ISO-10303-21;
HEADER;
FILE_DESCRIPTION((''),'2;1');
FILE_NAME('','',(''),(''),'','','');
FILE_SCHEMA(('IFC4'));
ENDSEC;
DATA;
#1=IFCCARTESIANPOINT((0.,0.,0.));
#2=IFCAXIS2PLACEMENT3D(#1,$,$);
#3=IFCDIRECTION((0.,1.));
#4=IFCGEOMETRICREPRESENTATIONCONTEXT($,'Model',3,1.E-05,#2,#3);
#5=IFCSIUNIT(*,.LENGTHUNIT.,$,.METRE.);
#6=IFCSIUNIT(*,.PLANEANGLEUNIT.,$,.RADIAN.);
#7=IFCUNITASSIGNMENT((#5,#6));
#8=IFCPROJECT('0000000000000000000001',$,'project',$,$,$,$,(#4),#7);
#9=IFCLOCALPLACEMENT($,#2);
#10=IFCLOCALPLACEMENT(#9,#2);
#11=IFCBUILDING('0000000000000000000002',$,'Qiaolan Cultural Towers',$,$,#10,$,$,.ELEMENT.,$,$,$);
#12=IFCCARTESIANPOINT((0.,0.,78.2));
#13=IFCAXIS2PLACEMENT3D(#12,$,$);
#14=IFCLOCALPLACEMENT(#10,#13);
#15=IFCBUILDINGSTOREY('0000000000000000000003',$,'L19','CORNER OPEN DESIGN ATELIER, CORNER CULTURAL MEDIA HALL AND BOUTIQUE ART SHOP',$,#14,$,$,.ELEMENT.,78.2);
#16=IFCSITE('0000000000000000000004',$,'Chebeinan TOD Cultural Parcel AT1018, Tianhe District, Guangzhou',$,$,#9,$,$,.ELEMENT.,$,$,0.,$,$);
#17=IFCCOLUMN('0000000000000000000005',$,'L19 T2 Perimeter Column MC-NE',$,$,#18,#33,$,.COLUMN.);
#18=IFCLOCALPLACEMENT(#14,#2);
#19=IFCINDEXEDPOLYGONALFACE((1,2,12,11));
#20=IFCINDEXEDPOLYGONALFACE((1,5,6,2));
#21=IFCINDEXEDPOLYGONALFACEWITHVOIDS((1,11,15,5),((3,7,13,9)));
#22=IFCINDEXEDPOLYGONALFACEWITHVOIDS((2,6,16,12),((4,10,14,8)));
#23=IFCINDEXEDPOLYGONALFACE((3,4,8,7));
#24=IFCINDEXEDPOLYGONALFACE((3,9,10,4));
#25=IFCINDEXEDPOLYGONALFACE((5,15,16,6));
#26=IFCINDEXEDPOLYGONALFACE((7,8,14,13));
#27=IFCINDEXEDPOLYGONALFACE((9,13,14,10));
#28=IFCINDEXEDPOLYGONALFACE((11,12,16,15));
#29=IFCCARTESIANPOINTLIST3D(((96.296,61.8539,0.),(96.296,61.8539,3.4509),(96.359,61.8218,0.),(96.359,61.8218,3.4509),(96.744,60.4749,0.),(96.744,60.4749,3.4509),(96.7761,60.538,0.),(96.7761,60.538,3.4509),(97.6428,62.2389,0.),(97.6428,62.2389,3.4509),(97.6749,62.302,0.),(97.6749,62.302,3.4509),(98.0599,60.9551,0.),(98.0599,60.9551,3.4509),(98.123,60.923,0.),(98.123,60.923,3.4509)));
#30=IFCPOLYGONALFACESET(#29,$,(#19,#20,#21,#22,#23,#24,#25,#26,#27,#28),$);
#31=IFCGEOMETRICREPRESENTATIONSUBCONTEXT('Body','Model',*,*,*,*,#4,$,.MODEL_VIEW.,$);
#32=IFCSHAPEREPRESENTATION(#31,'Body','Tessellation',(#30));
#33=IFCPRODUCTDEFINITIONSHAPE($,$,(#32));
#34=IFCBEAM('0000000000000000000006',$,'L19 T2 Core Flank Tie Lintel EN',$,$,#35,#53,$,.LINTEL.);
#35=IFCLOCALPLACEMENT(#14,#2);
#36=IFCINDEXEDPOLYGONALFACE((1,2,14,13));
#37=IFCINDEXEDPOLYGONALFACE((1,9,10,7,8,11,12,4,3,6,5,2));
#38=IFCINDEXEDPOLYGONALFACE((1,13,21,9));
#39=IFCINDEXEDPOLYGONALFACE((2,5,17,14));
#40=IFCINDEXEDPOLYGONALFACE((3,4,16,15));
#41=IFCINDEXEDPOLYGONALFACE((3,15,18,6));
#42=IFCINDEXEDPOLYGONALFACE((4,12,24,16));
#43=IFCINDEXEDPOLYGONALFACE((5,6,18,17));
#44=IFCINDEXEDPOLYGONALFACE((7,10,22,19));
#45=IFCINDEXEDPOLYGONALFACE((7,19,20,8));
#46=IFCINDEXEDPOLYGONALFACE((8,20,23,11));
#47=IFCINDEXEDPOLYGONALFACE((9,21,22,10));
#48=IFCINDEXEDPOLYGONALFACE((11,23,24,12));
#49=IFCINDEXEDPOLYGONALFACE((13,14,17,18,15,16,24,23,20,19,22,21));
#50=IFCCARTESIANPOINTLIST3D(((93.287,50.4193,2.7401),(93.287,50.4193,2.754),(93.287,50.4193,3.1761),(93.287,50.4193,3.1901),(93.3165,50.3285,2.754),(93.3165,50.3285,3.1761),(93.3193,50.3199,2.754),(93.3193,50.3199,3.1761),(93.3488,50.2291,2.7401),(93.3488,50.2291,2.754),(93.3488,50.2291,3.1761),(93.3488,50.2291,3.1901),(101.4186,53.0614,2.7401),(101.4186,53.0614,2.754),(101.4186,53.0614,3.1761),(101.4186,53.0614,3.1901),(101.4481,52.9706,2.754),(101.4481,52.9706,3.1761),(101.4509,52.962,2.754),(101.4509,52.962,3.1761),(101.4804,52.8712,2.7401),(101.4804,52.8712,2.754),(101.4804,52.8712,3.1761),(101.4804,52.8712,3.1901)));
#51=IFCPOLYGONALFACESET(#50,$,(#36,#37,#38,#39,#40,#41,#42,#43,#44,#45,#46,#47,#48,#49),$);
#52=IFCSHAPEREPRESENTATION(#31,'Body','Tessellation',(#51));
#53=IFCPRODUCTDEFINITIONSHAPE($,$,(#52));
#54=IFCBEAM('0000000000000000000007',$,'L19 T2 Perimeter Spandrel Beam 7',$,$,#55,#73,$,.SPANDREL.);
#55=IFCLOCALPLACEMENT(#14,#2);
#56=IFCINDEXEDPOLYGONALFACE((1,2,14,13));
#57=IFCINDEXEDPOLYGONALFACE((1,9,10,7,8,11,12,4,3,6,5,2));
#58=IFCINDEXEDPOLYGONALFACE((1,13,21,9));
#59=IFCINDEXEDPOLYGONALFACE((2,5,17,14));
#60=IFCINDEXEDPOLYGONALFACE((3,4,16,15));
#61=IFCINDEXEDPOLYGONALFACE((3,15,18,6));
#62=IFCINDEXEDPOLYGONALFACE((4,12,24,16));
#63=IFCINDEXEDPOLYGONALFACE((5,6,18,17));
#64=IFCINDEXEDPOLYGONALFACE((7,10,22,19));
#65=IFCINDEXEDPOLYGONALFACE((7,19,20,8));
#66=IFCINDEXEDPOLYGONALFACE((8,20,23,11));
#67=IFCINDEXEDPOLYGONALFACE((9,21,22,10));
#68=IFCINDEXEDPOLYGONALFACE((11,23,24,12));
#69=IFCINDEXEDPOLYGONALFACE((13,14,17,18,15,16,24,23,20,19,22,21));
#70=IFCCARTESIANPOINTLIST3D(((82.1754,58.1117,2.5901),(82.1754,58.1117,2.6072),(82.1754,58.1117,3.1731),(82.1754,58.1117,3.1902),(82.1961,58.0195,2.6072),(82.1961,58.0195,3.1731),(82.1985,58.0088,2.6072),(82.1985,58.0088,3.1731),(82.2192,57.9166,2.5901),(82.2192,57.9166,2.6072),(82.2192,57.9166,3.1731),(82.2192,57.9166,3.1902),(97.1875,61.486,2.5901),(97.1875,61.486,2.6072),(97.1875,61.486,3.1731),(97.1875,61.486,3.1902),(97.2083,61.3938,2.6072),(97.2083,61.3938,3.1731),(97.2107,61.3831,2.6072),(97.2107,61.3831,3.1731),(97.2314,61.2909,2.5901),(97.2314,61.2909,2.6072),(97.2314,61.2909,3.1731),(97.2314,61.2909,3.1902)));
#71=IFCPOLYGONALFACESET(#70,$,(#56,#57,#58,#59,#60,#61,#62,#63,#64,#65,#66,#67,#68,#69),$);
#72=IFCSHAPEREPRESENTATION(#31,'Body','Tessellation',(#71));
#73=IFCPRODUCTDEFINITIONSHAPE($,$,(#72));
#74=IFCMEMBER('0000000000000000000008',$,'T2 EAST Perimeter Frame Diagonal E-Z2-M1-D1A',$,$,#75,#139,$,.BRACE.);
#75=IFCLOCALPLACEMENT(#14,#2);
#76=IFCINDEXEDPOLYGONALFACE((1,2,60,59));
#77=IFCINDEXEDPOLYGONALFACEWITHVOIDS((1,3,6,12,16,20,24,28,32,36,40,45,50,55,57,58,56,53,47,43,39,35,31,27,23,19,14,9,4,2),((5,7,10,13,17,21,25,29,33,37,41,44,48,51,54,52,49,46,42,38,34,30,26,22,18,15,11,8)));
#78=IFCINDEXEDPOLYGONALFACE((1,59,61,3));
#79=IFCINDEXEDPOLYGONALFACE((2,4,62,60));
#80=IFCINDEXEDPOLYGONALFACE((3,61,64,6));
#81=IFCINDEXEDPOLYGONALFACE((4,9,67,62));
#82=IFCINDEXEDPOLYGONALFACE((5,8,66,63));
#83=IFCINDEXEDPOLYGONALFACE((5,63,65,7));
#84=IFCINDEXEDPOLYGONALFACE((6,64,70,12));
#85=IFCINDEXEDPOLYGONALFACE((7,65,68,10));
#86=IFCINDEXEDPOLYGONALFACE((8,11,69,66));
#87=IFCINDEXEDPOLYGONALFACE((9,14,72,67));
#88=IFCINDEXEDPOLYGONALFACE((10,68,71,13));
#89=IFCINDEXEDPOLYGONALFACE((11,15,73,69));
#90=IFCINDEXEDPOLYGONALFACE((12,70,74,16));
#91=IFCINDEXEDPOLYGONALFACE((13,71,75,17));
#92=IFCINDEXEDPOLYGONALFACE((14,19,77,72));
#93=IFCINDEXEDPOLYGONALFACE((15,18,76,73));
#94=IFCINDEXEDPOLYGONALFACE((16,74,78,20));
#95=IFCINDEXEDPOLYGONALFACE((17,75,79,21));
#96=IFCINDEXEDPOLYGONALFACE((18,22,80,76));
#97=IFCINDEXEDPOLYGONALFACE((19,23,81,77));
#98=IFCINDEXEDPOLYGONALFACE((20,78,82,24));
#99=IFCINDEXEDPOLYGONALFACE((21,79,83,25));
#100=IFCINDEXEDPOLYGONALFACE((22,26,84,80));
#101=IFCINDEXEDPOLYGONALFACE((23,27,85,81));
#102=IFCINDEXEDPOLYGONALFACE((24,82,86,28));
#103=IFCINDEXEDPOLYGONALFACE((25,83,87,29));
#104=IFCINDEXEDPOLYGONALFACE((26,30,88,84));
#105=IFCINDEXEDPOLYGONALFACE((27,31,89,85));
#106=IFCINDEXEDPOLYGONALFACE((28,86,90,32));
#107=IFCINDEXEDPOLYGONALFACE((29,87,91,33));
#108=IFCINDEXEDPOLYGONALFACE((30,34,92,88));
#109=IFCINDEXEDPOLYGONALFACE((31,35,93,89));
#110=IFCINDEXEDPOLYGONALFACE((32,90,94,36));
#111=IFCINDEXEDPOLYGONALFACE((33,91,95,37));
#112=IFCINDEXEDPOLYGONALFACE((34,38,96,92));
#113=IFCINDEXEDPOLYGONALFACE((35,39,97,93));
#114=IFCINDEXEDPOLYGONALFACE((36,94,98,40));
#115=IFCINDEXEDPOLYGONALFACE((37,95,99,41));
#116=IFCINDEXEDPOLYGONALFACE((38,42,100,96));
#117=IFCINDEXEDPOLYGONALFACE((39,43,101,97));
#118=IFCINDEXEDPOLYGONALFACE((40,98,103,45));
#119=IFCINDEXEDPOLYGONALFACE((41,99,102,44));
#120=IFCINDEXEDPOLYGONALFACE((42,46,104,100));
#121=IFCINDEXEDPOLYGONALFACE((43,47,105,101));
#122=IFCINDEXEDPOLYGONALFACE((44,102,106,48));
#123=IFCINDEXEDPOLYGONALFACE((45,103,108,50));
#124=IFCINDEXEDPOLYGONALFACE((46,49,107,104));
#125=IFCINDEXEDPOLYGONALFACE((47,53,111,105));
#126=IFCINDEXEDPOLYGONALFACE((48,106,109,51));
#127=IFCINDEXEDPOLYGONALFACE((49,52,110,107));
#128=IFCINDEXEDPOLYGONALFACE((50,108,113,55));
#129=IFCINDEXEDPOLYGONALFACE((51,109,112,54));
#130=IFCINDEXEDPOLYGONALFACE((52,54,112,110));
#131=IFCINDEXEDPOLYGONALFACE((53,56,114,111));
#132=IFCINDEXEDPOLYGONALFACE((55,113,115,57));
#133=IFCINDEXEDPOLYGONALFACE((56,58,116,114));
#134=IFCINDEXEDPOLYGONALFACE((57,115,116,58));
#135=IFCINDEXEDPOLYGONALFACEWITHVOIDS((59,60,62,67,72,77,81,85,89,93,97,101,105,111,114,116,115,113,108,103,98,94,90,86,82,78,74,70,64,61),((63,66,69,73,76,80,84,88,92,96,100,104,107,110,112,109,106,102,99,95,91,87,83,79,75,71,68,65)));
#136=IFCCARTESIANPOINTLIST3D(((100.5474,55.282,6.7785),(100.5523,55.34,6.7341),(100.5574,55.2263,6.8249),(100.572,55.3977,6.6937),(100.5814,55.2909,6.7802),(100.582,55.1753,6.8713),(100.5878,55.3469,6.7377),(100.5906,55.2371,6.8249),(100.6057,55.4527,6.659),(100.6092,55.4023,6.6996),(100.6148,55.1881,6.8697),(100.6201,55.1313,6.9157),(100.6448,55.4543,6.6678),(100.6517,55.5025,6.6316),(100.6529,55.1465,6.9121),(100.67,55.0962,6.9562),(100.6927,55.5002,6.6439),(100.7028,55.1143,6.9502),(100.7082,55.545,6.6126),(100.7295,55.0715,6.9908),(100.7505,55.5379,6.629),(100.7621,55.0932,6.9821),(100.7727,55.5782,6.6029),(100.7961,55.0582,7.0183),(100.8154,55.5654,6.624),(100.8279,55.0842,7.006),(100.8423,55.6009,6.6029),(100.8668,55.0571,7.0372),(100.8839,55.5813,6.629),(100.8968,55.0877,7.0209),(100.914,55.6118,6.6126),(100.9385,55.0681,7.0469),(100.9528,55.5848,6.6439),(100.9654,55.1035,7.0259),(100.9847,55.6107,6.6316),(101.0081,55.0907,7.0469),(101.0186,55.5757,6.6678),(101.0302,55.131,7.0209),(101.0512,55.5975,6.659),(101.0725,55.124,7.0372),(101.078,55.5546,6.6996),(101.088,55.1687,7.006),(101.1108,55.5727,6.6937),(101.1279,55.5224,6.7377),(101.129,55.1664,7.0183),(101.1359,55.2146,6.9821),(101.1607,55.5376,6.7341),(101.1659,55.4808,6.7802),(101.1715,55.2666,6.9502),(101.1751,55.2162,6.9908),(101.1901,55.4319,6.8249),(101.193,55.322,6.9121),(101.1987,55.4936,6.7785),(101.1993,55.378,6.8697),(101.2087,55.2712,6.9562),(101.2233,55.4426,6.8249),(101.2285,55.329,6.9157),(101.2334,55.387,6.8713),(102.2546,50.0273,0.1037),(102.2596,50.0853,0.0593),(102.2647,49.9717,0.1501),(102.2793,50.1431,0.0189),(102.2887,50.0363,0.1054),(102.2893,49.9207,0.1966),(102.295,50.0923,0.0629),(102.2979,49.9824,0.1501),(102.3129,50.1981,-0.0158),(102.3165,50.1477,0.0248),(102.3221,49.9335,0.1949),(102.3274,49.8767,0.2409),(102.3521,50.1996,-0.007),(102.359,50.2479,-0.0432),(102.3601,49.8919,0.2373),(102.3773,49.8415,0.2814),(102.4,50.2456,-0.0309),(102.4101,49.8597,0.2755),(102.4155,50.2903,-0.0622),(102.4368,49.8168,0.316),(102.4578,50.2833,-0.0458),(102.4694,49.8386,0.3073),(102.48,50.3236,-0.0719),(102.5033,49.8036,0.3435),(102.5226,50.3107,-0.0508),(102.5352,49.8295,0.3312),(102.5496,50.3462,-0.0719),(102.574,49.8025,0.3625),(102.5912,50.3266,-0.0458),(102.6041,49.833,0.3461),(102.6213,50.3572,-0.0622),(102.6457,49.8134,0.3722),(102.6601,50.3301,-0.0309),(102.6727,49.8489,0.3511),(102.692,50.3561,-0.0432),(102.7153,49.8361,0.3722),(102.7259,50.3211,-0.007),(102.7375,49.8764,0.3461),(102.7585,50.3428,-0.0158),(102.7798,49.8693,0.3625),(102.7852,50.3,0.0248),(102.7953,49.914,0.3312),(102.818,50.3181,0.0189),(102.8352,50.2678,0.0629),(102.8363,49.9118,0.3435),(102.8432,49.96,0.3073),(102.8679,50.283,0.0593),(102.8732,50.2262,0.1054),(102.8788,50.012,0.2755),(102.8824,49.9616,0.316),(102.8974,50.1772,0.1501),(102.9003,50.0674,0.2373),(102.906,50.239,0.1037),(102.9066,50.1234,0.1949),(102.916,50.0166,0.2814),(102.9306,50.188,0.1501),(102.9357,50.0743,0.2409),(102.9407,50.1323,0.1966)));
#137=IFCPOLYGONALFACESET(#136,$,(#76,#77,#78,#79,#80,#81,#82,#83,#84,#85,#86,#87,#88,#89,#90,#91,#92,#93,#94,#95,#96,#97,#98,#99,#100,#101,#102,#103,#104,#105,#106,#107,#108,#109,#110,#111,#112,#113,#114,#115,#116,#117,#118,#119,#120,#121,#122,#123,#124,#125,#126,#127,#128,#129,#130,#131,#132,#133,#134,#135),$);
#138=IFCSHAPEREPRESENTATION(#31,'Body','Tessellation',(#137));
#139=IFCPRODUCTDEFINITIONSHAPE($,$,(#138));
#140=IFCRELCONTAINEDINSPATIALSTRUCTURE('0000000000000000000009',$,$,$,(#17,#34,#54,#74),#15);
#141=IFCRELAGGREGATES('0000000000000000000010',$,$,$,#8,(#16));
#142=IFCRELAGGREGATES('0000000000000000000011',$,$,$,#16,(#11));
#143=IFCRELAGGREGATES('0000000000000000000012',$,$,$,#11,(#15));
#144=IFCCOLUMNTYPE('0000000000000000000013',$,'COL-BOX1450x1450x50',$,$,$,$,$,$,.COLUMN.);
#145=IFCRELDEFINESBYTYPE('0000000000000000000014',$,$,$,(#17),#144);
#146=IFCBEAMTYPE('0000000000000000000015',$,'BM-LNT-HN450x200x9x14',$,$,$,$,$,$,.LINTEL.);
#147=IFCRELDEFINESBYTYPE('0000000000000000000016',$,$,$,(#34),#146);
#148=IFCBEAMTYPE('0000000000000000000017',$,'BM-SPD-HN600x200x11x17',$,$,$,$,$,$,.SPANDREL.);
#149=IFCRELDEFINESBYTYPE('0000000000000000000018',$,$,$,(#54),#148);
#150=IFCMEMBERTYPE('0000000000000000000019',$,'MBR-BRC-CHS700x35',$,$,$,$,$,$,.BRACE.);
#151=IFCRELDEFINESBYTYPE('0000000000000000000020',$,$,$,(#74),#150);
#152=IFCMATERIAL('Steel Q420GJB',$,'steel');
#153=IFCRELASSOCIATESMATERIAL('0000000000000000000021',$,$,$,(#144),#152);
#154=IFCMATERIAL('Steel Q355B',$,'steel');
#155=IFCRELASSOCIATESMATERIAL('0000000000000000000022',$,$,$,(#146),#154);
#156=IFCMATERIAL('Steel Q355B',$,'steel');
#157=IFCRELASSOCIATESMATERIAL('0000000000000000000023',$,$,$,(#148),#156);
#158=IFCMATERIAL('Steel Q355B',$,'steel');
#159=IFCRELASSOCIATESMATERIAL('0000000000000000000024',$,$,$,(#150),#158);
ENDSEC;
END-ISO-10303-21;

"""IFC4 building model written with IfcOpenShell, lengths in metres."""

from ifc_helpers import new_model, si_unit, direction, frame, origin, origin_2d, place, context, subcontext, project, spatial, hollow_rectangle, hollow_circle, i_section, extrude, material, material_profile, profile_set, type_object, element, save


model = new_model("IFC4")

# Units and contexts
model_context = context("Model", 3, precision=1e-05, world=origin(), true_north=direction((0.0, 1.0)))
body_context = subcontext(model_context, "Body", "Model", "MODEL_VIEW")
ifc_project = project(units=[si_unit("LENGTHUNIT", "METRE"), si_unit("PLANEANGLEUNIT", "RADIAN")], contexts=[model_context])

# Site, building, storey
site_placement = place(None, origin())
site = spatial("IfcSite", under=ifc_project, at=site_placement, Name="Chebeinan TOD Cultural Parcel AT1018, Tianhe District, Guangzhou", CompositionType="ELEMENT", RefElevation=0.0)
building_placement = place(site_placement, origin())
building = spatial("IfcBuilding", under=site, at=building_placement, Name="Qiaolan Cultural Towers", CompositionType="ELEMENT")
storey_placement = place(building_placement, frame((0.0, 0.0, 78.2)))
storey = spatial("IfcBuildingStorey", under=building, at=storey_placement, Name="L19", Description="CORNER OPEN DESIGN ATELIER, CORNER CULTURAL MEDIA HALL AND BOUTIQUE ART SHOP", CompositionType="ELEMENT", Elevation=78.2)

# Column
ifc_material_1 = material(Name="Steel Q420GJB", Category="steel")
ifc_material_profile_1 = material_profile(ifc_material_1, hollow_rectangle(XDim=1.45, YDim=1.45, WallThickness=0.05, at=origin_2d()), Name="BOX1450x1450x50")
ifc_profile_set_1 = profile_set([ifc_material_profile_1], Name="Steel Q420GJB")
column_type = type_object("IfcColumnType", Name="COL-BOX1450x1450x50", PredefinedType="COLUMN", material=ifc_profile_set_1)
column_placement = place(storey_placement, frame((97.2095, 61.3884, 0.0), z_axis=(0.0, 0.0, 1.0), x_axis=(0.951057, 0.309017, 0.0)))
element("IfcColumn", 1, at=column_placement, inside=storey, type_object=column_type, Name="L19 T2 Perimeter Column MC-NE", PredefinedType="COLUMN", context=body_context, shape_type="SweptSolid", body=[
    extrude(hollow_rectangle(XDim=1.45, YDim=1.45, WallThickness=0.05, at=origin_2d()), origin(), (0.0, 0.0, 1.0), 3.4509),
])

# Beams
ifc_material_2 = material(Name="Steel Q355B", Category="steel")
ifc_material_profile_2 = material_profile(ifc_material_2, i_section(OverallWidth=0.2, OverallDepth=0.45, WebThickness=0.009, FlangeThickness=0.0139, at=origin_2d()), Name="HN450x200x9x14")
ifc_profile_set_2 = profile_set([ifc_material_profile_2], Name="Steel Q355B")
beam_type_1 = type_object("IfcBeamType", Name="BM-LNT-HN450x200x9x14", PredefinedType="LINTEL", material=ifc_profile_set_2)
beam_1_placement = place(storey_placement, frame((93.3179, 50.3242, 2.9651), z_axis=(0.951057, 0.309014, 0.0), x_axis=(-0.309014, 0.951057, 0.0)))
element("IfcBeam", 2, at=beam_1_placement, inside=storey, type_object=beam_type_1, Name="L19 T2 Core Flank Tie Lintel EN", PredefinedType="LINTEL", context=body_context, shape_type="SweptSolid", body=[
    extrude(i_section(OverallWidth=0.2, OverallDepth=0.45, WebThickness=0.009, FlangeThickness=0.0139, at=origin_2d()), origin(), (0.0, 0.0, 1.0), 8.55),
])
ifc_material_3 = material(Name="Steel Q355B", Category="steel")
ifc_material_profile_3 = material_profile(ifc_material_3, i_section(OverallWidth=0.2, OverallDepth=0.6001, WebThickness=0.011, FlangeThickness=0.0171, at=origin_2d()), Name="HN600x200x11x17")
ifc_profile_set_3 = profile_set([ifc_material_profile_3], Name="Steel Q355B")
beam_type_2 = type_object("IfcBeamType", Name="BM-SPD-HN600x200x11x17", PredefinedType="SPANDREL", material=ifc_profile_set_3)
beam_2_placement = place(storey_placement, frame((97.2095, 61.3884, 2.8901), z_axis=(-0.975658, -0.219297, 0.0), x_axis=(0.219297, -0.975658, 0.0)))
element("IfcBeam", 3, at=beam_2_placement, inside=storey, type_object=beam_type_2, Name="L19 T2 Perimeter Spandrel Beam 7", PredefinedType="SPANDREL", context=body_context, shape_type="SweptSolid", body=[
    extrude(i_section(OverallWidth=0.2, OverallDepth=0.6001, WebThickness=0.011, FlangeThickness=0.0171, at=origin_2d()), origin(), (0.0, 0.0, 1.0), 15.3867),
])

# Member
ifc_material_4 = material(Name="Steel Q355B", Category="steel")
ifc_material_profile_4 = material_profile(ifc_material_4, hollow_circle(Radius=0.3501, WallThickness=0.0349, at=origin_2d()), Name="CHS700x35")
ifc_profile_set_4 = profile_set([ifc_material_profile_4], Name="Steel Q355B")
member_type = type_object("IfcMemberType", Name="MBR-BRC-CHS700x35", PredefinedType="BRACE", material=ifc_profile_set_4)
member_1_placement = place(storey_placement, frame((102.5977, 50.0798, 0.1501), z_axis=(-0.197035, 0.606434, 0.770334), x_axis=(-0.95106, -0.309007, 0.0)))
element("IfcMember", 4, at=member_1_placement, inside=storey, type_object=member_type, Name="T2 EAST Perimeter Frame Diagonal E-Z2-M1-D1A", PredefinedType="BRACE", context=body_context, shape_type="SweptSolid", body=[
    extrude(hollow_circle(Radius=0.3501, WallThickness=0.0349, at=origin_2d()), origin(), (0.0, 0.0, 1.0), 8.6648),
])

save(model, "model.ifc")
